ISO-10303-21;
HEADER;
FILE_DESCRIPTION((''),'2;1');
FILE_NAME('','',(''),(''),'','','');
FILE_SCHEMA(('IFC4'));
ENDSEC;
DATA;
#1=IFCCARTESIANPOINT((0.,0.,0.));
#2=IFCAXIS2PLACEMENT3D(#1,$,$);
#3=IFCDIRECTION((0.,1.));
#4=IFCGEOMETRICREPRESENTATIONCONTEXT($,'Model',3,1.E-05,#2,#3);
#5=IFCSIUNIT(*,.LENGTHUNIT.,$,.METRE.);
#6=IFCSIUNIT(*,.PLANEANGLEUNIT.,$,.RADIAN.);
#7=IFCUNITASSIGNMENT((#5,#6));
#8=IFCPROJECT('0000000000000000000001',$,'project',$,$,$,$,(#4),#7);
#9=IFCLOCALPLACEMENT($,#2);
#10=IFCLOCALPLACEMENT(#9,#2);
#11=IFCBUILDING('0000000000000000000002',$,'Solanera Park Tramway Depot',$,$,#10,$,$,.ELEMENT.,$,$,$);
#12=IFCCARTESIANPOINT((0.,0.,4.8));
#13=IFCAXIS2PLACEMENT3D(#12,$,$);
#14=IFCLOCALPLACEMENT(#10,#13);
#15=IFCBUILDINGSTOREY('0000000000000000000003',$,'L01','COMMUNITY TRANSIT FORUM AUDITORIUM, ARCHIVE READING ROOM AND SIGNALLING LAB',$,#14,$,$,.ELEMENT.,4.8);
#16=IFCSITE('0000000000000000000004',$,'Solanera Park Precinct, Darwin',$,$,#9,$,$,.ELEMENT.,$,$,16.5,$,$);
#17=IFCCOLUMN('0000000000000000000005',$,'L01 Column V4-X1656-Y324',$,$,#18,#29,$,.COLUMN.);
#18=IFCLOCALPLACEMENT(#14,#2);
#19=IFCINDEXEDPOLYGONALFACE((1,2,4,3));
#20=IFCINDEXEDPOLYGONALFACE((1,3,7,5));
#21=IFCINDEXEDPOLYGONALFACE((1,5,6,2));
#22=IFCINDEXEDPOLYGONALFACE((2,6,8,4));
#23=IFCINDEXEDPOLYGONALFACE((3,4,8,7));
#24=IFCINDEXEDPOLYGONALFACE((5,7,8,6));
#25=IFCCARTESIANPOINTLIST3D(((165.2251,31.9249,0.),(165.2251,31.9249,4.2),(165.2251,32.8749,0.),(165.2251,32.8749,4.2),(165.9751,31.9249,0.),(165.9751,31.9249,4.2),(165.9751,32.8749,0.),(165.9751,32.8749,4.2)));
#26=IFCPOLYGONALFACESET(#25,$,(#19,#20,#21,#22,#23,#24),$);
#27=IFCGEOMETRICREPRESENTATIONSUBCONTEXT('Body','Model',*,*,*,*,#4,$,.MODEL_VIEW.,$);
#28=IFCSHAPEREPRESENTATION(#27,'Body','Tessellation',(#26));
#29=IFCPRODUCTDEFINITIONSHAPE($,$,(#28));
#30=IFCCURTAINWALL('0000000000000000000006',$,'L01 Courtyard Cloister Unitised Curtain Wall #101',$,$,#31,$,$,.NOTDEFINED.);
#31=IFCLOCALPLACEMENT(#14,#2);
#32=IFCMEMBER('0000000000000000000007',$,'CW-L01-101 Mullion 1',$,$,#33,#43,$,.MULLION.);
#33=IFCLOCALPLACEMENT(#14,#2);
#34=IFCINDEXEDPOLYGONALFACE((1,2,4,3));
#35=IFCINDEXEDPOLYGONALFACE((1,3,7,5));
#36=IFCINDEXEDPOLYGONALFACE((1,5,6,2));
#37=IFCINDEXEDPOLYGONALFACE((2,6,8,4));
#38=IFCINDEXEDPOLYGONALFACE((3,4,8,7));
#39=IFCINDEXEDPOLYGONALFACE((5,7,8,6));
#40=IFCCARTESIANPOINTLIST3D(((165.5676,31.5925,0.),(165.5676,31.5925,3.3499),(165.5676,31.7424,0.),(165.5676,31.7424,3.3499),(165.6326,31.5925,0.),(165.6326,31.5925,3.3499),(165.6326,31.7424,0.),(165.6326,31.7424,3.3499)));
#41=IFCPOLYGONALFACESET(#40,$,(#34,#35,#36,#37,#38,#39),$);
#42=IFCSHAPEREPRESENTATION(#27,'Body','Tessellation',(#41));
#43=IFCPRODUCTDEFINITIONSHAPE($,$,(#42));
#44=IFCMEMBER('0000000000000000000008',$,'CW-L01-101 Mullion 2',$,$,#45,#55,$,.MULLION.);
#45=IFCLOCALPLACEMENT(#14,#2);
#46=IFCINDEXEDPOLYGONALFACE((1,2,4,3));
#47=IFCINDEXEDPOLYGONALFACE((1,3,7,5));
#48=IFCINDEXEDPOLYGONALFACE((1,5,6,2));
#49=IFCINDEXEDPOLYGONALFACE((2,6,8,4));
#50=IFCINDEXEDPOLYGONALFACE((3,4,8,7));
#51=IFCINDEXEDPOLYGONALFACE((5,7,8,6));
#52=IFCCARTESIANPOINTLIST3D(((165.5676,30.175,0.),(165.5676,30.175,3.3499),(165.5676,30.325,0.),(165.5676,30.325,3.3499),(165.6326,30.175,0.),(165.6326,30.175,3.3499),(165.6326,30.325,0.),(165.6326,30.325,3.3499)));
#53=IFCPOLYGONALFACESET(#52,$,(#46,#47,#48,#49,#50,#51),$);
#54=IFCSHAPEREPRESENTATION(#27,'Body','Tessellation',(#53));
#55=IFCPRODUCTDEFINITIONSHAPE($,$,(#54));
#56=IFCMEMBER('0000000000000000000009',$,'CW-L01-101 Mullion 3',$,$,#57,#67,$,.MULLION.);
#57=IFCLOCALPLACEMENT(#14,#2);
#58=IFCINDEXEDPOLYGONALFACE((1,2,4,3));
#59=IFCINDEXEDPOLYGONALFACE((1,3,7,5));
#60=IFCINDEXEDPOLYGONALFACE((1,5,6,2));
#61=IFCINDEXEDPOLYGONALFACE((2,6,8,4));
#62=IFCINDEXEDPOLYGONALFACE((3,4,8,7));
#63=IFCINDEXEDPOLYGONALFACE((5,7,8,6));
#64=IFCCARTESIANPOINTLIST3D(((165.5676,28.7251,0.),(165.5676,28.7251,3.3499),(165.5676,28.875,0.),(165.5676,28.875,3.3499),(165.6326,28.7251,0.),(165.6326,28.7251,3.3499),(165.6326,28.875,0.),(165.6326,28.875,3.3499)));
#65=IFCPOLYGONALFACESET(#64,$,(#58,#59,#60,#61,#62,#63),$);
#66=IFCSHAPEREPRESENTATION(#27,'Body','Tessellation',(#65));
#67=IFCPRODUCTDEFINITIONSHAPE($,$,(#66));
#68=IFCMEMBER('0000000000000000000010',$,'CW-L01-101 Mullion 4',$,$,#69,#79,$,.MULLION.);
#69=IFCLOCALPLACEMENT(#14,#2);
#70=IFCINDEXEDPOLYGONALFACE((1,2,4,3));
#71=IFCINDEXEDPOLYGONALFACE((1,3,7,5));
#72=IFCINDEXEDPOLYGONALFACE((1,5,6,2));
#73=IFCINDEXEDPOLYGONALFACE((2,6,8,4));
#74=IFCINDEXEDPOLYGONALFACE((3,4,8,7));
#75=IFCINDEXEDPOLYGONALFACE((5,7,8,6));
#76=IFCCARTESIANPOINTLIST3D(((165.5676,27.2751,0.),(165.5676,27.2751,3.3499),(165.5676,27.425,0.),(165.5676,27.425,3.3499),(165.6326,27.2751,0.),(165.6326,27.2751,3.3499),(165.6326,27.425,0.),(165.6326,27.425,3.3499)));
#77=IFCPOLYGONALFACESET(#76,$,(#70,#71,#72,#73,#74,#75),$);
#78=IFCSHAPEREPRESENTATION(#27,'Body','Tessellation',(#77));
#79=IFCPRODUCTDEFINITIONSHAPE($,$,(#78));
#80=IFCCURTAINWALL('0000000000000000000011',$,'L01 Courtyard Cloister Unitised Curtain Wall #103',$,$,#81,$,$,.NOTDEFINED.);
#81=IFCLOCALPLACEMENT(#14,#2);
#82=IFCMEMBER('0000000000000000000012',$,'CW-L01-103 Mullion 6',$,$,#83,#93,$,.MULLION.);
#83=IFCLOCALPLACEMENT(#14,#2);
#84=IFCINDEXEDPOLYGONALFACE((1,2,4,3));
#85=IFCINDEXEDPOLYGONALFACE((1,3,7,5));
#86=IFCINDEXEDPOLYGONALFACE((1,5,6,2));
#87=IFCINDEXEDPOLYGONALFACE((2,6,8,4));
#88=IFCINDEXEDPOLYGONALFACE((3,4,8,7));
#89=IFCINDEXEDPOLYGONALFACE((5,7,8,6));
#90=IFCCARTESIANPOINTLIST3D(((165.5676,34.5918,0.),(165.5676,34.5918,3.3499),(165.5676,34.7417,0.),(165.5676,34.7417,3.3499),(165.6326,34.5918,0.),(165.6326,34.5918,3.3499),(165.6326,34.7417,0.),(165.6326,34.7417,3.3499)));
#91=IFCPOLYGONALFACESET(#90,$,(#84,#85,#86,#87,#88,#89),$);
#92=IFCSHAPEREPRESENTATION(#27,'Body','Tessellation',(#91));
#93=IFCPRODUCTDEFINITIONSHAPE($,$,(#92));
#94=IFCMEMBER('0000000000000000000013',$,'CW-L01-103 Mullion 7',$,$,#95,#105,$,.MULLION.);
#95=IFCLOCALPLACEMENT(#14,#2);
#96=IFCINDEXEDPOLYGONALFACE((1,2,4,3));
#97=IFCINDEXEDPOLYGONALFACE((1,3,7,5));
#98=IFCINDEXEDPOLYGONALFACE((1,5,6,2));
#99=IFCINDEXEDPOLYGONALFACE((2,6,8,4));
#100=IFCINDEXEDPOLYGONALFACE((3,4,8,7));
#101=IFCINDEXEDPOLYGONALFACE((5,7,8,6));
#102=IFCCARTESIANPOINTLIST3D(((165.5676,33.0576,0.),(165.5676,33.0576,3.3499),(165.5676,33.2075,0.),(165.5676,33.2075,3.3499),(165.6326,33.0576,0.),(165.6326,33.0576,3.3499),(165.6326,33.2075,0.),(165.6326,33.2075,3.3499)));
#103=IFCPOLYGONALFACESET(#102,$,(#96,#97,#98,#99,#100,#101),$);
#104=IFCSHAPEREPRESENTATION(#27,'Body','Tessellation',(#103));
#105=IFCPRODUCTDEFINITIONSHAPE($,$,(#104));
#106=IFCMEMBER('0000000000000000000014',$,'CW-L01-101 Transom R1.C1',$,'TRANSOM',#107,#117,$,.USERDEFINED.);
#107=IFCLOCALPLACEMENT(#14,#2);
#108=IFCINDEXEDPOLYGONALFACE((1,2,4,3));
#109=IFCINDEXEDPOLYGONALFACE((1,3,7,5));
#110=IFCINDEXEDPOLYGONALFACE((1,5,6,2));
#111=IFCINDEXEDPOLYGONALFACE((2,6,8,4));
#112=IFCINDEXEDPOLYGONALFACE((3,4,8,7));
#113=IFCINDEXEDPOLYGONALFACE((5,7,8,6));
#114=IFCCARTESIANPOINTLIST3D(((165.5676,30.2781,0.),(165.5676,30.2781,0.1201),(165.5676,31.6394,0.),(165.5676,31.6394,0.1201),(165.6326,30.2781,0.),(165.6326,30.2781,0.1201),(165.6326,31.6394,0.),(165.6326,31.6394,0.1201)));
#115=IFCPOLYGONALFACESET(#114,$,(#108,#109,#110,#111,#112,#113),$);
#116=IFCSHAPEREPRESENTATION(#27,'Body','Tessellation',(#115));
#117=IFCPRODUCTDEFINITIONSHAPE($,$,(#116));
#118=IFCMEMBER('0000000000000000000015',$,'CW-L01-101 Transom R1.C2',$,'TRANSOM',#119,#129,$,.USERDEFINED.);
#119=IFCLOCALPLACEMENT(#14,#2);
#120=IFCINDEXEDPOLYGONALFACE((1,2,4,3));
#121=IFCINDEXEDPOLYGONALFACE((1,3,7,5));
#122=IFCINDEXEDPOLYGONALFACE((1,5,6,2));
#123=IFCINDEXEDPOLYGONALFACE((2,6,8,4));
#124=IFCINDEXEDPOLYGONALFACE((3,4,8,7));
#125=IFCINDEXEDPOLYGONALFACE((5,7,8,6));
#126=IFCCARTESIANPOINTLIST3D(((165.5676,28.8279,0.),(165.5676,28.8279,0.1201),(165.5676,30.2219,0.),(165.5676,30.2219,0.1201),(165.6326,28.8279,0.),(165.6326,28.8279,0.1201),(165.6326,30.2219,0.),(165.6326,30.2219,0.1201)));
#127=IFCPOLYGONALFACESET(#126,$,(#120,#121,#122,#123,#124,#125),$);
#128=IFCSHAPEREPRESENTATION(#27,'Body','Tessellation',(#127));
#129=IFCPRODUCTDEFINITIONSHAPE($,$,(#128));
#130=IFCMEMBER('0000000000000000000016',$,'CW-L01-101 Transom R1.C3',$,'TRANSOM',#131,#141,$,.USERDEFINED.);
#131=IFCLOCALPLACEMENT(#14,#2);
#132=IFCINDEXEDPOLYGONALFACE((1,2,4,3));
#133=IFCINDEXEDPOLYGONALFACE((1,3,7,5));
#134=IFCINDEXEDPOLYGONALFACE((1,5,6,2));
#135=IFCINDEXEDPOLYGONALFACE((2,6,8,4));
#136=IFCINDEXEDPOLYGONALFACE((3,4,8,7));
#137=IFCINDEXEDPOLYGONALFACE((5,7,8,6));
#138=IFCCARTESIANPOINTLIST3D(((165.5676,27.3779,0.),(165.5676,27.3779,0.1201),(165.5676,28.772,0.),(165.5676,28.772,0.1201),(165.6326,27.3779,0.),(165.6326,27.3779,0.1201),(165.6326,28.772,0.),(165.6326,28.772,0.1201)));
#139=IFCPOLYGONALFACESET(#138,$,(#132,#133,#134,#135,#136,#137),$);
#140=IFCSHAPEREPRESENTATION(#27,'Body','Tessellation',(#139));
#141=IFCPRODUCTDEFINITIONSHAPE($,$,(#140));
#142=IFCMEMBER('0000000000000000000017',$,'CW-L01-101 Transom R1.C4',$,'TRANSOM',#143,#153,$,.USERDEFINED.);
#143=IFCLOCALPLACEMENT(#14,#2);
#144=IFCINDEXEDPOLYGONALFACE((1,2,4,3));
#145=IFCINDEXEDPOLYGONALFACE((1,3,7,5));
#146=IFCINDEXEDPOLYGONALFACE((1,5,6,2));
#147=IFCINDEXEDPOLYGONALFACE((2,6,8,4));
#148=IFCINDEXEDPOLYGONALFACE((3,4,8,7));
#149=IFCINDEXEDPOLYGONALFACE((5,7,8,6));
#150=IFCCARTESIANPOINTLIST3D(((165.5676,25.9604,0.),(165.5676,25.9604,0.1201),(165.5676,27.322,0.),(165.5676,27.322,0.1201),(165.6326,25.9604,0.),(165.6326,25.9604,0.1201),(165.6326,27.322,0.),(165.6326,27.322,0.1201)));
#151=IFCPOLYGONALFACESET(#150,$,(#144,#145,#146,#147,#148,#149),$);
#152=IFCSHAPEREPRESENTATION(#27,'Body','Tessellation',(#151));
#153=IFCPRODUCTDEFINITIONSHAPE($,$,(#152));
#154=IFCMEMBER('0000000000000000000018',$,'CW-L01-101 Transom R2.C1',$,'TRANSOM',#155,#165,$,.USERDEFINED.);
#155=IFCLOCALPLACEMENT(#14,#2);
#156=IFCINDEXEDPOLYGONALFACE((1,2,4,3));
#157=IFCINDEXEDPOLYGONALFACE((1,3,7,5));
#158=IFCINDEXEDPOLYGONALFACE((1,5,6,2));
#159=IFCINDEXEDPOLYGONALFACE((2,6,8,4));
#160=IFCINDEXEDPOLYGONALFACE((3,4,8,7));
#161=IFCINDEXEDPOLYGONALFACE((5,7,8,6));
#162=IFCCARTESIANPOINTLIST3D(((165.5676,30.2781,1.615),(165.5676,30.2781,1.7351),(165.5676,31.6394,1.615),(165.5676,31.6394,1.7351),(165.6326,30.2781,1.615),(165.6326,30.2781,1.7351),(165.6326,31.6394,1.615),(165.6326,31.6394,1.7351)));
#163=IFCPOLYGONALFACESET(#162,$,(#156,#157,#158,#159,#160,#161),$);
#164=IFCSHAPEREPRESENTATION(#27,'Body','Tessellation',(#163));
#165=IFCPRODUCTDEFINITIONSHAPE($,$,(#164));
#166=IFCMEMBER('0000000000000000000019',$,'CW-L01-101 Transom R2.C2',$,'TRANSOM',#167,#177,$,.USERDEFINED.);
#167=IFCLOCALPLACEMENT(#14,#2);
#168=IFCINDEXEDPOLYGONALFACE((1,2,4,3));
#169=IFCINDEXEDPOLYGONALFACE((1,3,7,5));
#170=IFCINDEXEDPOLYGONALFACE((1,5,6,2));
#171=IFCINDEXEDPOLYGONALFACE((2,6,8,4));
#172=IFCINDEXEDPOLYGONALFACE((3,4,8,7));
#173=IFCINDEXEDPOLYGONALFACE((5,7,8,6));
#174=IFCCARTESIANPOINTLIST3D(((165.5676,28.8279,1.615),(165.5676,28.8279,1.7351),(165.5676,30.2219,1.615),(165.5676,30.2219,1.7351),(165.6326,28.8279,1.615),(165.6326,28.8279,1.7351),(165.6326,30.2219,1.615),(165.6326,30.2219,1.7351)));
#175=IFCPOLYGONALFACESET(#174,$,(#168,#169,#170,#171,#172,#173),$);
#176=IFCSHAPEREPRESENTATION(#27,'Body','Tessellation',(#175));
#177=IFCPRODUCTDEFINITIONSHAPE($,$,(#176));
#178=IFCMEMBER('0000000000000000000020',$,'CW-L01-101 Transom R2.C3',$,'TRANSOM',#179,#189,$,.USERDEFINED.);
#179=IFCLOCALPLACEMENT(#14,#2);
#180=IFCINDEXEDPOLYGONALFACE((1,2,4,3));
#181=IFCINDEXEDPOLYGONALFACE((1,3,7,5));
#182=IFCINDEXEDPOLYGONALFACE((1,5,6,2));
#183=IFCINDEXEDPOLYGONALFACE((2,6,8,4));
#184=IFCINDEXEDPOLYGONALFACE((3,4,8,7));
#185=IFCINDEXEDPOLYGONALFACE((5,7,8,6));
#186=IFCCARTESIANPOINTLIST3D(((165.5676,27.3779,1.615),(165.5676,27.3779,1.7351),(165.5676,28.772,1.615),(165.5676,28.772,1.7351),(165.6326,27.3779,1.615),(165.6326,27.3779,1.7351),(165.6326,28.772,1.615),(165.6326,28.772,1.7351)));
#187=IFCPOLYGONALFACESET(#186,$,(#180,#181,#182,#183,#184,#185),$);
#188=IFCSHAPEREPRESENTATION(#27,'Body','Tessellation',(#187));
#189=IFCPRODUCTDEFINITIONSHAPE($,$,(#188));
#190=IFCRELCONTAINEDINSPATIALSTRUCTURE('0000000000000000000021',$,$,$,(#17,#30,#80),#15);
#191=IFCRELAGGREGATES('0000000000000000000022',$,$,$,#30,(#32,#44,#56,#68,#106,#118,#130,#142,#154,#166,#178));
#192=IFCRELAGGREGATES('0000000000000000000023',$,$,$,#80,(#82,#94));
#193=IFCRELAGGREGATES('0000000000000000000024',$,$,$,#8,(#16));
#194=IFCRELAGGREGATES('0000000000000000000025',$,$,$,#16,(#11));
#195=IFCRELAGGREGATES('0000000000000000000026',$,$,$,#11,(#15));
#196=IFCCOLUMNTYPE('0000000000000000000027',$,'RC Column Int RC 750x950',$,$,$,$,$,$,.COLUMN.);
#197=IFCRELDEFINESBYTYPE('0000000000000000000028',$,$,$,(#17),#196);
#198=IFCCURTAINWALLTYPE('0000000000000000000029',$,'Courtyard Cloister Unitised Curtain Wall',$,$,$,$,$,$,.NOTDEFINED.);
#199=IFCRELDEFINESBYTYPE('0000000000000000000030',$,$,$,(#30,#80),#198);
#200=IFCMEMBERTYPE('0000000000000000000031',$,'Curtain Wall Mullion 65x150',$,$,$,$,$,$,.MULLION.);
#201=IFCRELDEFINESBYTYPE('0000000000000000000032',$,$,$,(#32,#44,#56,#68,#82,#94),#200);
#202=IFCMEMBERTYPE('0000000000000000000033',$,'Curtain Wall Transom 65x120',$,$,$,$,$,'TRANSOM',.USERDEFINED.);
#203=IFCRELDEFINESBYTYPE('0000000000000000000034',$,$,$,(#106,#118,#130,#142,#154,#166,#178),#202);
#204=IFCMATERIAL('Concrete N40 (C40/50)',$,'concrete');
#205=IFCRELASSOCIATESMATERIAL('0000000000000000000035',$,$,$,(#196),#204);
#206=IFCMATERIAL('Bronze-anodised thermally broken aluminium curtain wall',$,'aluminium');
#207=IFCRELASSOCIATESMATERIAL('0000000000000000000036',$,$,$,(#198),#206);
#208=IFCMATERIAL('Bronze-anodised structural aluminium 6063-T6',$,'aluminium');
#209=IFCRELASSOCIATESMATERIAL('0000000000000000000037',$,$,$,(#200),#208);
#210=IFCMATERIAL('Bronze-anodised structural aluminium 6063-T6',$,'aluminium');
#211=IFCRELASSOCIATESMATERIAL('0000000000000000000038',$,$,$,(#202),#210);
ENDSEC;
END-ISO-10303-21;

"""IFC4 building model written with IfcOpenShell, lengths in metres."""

from ifc_helpers import new_model, si_unit, direction, frame, origin, origin_2d, place, context, subcontext, project, spatial, rectangle, extrude, material, material_profile, profile_set, type_object, element, aggregate, save


model = new_model("IFC4")

# Units and contexts
model_context = context("Model", 3, precision=1e-05, world=origin(), true_north=direction((0.0, 1.0)))
body_context = subcontext(model_context, "Body", "Model", "MODEL_VIEW")
ifc_project = project(units=[si_unit("LENGTHUNIT", "METRE"), si_unit("PLANEANGLEUNIT", "RADIAN")], contexts=[model_context])

# Site, building, storey
site_placement = place(None, origin())
site = spatial("IfcSite", under=ifc_project, at=site_placement, Name="Solanera Park Precinct, Darwin", CompositionType="ELEMENT", RefElevation=16.5)
building_placement = place(site_placement, origin())
building = spatial("IfcBuilding", under=site, at=building_placement, Name="Solanera Park Tramway Depot", CompositionType="ELEMENT")
storey_placement = place(building_placement, frame((0.0, 0.0, 4.8)))
storey = spatial("IfcBuildingStorey", under=building, at=storey_placement, Name="L01", Description="COMMUNITY TRANSIT FORUM AUDITORIUM, ARCHIVE READING ROOM AND SIGNALLING LAB", CompositionType="ELEMENT", Elevation=4.8)

# Column
ifc_material_1 = material(Name="Concrete N40 (C40/50)", Category="concrete")
ifc_material_profile_1 = material_profile(ifc_material_1, rectangle(XDim=0.75, YDim=0.95, at=origin_2d()), Name="RC 750x950")
ifc_profile_set_1 = profile_set([ifc_material_profile_1], Name="Concrete N40 (C40/50)")
column_type = type_object("IfcColumnType", Name="RC Column Int RC 750x950", PredefinedType="COLUMN", material=ifc_profile_set_1)
column_placement = place(storey_placement, frame((165.6001, 32.3999, 0.0), z_axis=(0.0, 0.0, 1.0), x_axis=(1.0, 0.0, 0.0)))
element("IfcColumn", 1, at=column_placement, inside=storey, type_object=column_type, Name="L01 Column V4-X1656-Y324", PredefinedType="COLUMN", context=body_context, shape_type="SweptSolid", body=[
    extrude(rectangle(XDim=0.75, YDim=0.95, at=origin_2d()), origin(), (0.0, 0.0, 1.0), 4.2),
])

# Curtain walls, members
ifc_material_2 = material(Name="Bronze-anodised thermally broken aluminium curtain wall", Category="aluminium")
curtain_wall_type = type_object("IfcCurtainWallType", Name="Courtyard Cloister Unitised Curtain Wall", PredefinedType="NOTDEFINED", material=ifc_material_2)
curtain_wall_1_placement = place(storey_placement, origin())
curtain_wall_1 = element("IfcCurtainWall", 2, at=curtain_wall_1_placement, inside=storey, type_object=curtain_wall_type, Name="L01 Courtyard Cloister Unitised Curtain Wall #101", PredefinedType="NOTDEFINED")
ifc_material_3 = material(Name="Bronze-anodised structural aluminium 6063-T6", Category="aluminium")
ifc_material_profile_2 = material_profile(ifc_material_3, rectangle(XDim=0.0649, YDim=0.1499, at=origin_2d()), Name="Curtain Wall Mullion 65x150")
ifc_profile_set_2 = profile_set([ifc_material_profile_2], Name="Bronze-anodised structural aluminium 6063-T6")
member_type_1 = type_object("IfcMemberType", Name="Curtain Wall Mullion 65x150", PredefinedType="MULLION", material=ifc_profile_set_2)
member_1_placement = place(storey_placement, frame((165.6001, 31.6675, 0.0), z_axis=(0.0, 0.0, 1.0), x_axis=(1.0, 0.0, 0.0)))
member_1 = element("IfcMember", 3, at=member_1_placement, type_object=member_type_1, Name="CW-L01-101 Mullion 1", PredefinedType="MULLION", context=body_context, shape_type="SweptSolid", body=[
    extrude(rectangle(XDim=0.0649, YDim=0.1499, at=origin_2d()), origin(), (0.0, 0.0, 1.0), 3.3499),
])
member_2_placement = place(storey_placement, frame((165.6001, 30.25, 0.0), z_axis=(0.0, 0.0, 1.0), x_axis=(1.0, 0.0, 0.0)))
member_2 = element("IfcMember", 4, at=member_2_placement, type_object=member_type_1, Name="CW-L01-101 Mullion 2", PredefinedType="MULLION", context=body_context, shape_type="SweptSolid", body=[
    extrude(rectangle(XDim=0.0649, YDim=0.1499, at=origin_2d()), origin(), (0.0, 0.0, 1.0), 3.3499),
])
member_3_placement = place(storey_placement, frame((165.6001, 28.8, 0.0), z_axis=(0.0, 0.0, 1.0), x_axis=(1.0, 0.0, 0.0)))
member_3 = element("IfcMember", 5, at=member_3_placement, type_object=member_type_1, Name="CW-L01-101 Mullion 3", PredefinedType="MULLION", context=body_context, shape_type="SweptSolid", body=[
    extrude(rectangle(XDim=0.0649, YDim=0.1499, at=origin_2d()), origin(), (0.0, 0.0, 1.0), 3.3499),
])
member_4_placement = place(storey_placement, frame((165.6001, 27.3501, 0.0), z_axis=(0.0, 0.0, 1.0), x_axis=(1.0, 0.0, 0.0)))
member_4 = element("IfcMember", 6, at=member_4_placement, type_object=member_type_1, Name="CW-L01-101 Mullion 4", PredefinedType="MULLION", context=body_context, shape_type="SweptSolid", body=[
    extrude(rectangle(XDim=0.0649, YDim=0.1499, at=origin_2d()), origin(), (0.0, 0.0, 1.0), 3.3499),
])
curtain_wall_2_placement = place(storey_placement, origin())
curtain_wall_2 = element("IfcCurtainWall", 7, at=curtain_wall_2_placement, inside=storey, type_object=curtain_wall_type, Name="L01 Courtyard Cloister Unitised Curtain Wall #103", PredefinedType="NOTDEFINED")
member_5_placement = place(storey_placement, frame((165.6001, 34.6667, 0.0), z_axis=(0.0, 0.0, 1.0), x_axis=(1.0, 0.0, 0.0)))
member_5 = element("IfcMember", 8, at=member_5_placement, type_object=member_type_1, Name="CW-L01-103 Mullion 6", PredefinedType="MULLION", context=body_context, shape_type="SweptSolid", body=[
    extrude(rectangle(XDim=0.0649, YDim=0.1499, at=origin_2d()), origin(), (0.0, 0.0, 1.0), 3.3499),
])
member_6_placement = place(storey_placement, frame((165.6001, 33.1326, 0.0), z_axis=(0.0, 0.0, 1.0), x_axis=(1.0, 0.0, 0.0)))
member_6 = element("IfcMember", 9, at=member_6_placement, type_object=member_type_1, Name="CW-L01-103 Mullion 7", PredefinedType="MULLION", context=body_context, shape_type="SweptSolid", body=[
    extrude(rectangle(XDim=0.0649, YDim=0.1499, at=origin_2d()), origin(), (0.0, 0.0, 1.0), 3.3499),
])

# Members
ifc_material_4 = material(Name="Bronze-anodised structural aluminium 6063-T6", Category="aluminium")
ifc_material_profile_3 = material_profile(ifc_material_4, rectangle(XDim=0.0649, YDim=0.1201, at=origin_2d()), Name="Curtain Wall Transom 65x120")
ifc_profile_set_3 = profile_set([ifc_material_profile_3], Name="Bronze-anodised structural aluminium 6063-T6")
member_type_2 = type_object("IfcMemberType", Name="Curtain Wall Transom 65x120", ElementType="TRANSOM", PredefinedType="USERDEFINED", material=ifc_profile_set_3)
member_7_placement = place(storey_placement, frame((165.6001, 31.6394, 0.0601), z_axis=(0.0, -1.0, 0.0), x_axis=(1.0, 0.0, 0.0)))
member_7 = element("IfcMember", 10, at=member_7_placement, type_object=member_type_2, Name="CW-L01-101 Transom R1.C1", ObjectType="TRANSOM", PredefinedType="USERDEFINED", context=body_context, shape_type="SweptSolid", body=[
    extrude(rectangle(XDim=0.0649, YDim=0.1201, at=origin_2d()), origin(), (0.0, 0.0, 1.0), 1.3613),
])
member_8_placement = place(storey_placement, frame((165.6001, 30.2219, 0.0601), z_axis=(0.0, -1.0, 0.0), x_axis=(1.0, 0.0, 0.0)))
member_8 = element("IfcMember", 11, at=member_8_placement, type_object=member_type_2, Name="CW-L01-101 Transom R1.C2", ObjectType="TRANSOM", PredefinedType="USERDEFINED", context=body_context, shape_type="SweptSolid", body=[
    extrude(rectangle(XDim=0.0649, YDim=0.1201, at=origin_2d()), origin(), (0.0, 0.0, 1.0), 1.394),
])
member_9_placement = place(storey_placement, frame((165.6001, 28.772, 0.0601), z_axis=(0.0, -1.0, 0.0), x_axis=(1.0, 0.0, 0.0)))
member_9 = element("IfcMember", 12, at=member_9_placement, type_object=member_type_2, Name="CW-L01-101 Transom R1.C3", ObjectType="TRANSOM", PredefinedType="USERDEFINED", context=body_context, shape_type="SweptSolid", body=[
    extrude(rectangle(XDim=0.0649, YDim=0.1201, at=origin_2d()), origin(), (0.0, 0.0, 1.0), 1.394),
])
member_10_placement = place(storey_placement, frame((165.6001, 27.322, 0.0601), z_axis=(0.0, -1.0, 0.0), x_axis=(1.0, 0.0, 0.0)))
member_10 = element("IfcMember", 13, at=member_10_placement, type_object=member_type_2, Name="CW-L01-101 Transom R1.C4", ObjectType="TRANSOM", PredefinedType="USERDEFINED", context=body_context, shape_type="SweptSolid", body=[
    extrude(rectangle(XDim=0.0649, YDim=0.1201, at=origin_2d()), origin(), (0.0, 0.0, 1.0), 1.3616),
])
member_11_placement = place(storey_placement, frame((165.6001, 31.6394, 1.675), z_axis=(0.0, -1.0, 0.0), x_axis=(1.0, 0.0, 0.0)))
member_11 = element("IfcMember", 14, at=member_11_placement, type_object=member_type_2, Name="CW-L01-101 Transom R2.C1", ObjectType="TRANSOM", PredefinedType="USERDEFINED", context=body_context, shape_type="SweptSolid", body=[
    extrude(rectangle(XDim=0.0649, YDim=0.1201, at=origin_2d()), origin(), (0.0, 0.0, 1.0), 1.3613),
])
member_12_placement = place(storey_placement, frame((165.6001, 30.2219, 1.675), z_axis=(0.0, -1.0, 0.0), x_axis=(1.0, 0.0, 0.0)))
member_12 = element("IfcMember", 15, at=member_12_placement, type_object=member_type_2, Name="CW-L01-101 Transom R2.C2", ObjectType="TRANSOM", PredefinedType="USERDEFINED", context=body_context, shape_type="SweptSolid", body=[
    extrude(rectangle(XDim=0.0649, YDim=0.1201, at=origin_2d()), origin(), (0.0, 0.0, 1.0), 1.394),
])
member_13_placement = place(storey_placement, frame((165.6001, 28.772, 1.675), z_axis=(0.0, -1.0, 0.0), x_axis=(1.0, 0.0, 0.0)))
member_13 = element("IfcMember", 16, at=member_13_placement, type_object=member_type_2, Name="CW-L01-101 Transom R2.C3", ObjectType="TRANSOM", PredefinedType="USERDEFINED", context=body_context, shape_type="SweptSolid", body=[
    extrude(rectangle(XDim=0.0649, YDim=0.1201, at=origin_2d()), origin(), (0.0, 0.0, 1.0), 1.394),
])

aggregate(curtain_wall_1, [member_1, member_2, member_3, member_4, member_7, member_8, member_9, member_10, member_11, member_12, member_13])
aggregate(curtain_wall_2, [member_5, member_6])

save(model, "model.ifc")
